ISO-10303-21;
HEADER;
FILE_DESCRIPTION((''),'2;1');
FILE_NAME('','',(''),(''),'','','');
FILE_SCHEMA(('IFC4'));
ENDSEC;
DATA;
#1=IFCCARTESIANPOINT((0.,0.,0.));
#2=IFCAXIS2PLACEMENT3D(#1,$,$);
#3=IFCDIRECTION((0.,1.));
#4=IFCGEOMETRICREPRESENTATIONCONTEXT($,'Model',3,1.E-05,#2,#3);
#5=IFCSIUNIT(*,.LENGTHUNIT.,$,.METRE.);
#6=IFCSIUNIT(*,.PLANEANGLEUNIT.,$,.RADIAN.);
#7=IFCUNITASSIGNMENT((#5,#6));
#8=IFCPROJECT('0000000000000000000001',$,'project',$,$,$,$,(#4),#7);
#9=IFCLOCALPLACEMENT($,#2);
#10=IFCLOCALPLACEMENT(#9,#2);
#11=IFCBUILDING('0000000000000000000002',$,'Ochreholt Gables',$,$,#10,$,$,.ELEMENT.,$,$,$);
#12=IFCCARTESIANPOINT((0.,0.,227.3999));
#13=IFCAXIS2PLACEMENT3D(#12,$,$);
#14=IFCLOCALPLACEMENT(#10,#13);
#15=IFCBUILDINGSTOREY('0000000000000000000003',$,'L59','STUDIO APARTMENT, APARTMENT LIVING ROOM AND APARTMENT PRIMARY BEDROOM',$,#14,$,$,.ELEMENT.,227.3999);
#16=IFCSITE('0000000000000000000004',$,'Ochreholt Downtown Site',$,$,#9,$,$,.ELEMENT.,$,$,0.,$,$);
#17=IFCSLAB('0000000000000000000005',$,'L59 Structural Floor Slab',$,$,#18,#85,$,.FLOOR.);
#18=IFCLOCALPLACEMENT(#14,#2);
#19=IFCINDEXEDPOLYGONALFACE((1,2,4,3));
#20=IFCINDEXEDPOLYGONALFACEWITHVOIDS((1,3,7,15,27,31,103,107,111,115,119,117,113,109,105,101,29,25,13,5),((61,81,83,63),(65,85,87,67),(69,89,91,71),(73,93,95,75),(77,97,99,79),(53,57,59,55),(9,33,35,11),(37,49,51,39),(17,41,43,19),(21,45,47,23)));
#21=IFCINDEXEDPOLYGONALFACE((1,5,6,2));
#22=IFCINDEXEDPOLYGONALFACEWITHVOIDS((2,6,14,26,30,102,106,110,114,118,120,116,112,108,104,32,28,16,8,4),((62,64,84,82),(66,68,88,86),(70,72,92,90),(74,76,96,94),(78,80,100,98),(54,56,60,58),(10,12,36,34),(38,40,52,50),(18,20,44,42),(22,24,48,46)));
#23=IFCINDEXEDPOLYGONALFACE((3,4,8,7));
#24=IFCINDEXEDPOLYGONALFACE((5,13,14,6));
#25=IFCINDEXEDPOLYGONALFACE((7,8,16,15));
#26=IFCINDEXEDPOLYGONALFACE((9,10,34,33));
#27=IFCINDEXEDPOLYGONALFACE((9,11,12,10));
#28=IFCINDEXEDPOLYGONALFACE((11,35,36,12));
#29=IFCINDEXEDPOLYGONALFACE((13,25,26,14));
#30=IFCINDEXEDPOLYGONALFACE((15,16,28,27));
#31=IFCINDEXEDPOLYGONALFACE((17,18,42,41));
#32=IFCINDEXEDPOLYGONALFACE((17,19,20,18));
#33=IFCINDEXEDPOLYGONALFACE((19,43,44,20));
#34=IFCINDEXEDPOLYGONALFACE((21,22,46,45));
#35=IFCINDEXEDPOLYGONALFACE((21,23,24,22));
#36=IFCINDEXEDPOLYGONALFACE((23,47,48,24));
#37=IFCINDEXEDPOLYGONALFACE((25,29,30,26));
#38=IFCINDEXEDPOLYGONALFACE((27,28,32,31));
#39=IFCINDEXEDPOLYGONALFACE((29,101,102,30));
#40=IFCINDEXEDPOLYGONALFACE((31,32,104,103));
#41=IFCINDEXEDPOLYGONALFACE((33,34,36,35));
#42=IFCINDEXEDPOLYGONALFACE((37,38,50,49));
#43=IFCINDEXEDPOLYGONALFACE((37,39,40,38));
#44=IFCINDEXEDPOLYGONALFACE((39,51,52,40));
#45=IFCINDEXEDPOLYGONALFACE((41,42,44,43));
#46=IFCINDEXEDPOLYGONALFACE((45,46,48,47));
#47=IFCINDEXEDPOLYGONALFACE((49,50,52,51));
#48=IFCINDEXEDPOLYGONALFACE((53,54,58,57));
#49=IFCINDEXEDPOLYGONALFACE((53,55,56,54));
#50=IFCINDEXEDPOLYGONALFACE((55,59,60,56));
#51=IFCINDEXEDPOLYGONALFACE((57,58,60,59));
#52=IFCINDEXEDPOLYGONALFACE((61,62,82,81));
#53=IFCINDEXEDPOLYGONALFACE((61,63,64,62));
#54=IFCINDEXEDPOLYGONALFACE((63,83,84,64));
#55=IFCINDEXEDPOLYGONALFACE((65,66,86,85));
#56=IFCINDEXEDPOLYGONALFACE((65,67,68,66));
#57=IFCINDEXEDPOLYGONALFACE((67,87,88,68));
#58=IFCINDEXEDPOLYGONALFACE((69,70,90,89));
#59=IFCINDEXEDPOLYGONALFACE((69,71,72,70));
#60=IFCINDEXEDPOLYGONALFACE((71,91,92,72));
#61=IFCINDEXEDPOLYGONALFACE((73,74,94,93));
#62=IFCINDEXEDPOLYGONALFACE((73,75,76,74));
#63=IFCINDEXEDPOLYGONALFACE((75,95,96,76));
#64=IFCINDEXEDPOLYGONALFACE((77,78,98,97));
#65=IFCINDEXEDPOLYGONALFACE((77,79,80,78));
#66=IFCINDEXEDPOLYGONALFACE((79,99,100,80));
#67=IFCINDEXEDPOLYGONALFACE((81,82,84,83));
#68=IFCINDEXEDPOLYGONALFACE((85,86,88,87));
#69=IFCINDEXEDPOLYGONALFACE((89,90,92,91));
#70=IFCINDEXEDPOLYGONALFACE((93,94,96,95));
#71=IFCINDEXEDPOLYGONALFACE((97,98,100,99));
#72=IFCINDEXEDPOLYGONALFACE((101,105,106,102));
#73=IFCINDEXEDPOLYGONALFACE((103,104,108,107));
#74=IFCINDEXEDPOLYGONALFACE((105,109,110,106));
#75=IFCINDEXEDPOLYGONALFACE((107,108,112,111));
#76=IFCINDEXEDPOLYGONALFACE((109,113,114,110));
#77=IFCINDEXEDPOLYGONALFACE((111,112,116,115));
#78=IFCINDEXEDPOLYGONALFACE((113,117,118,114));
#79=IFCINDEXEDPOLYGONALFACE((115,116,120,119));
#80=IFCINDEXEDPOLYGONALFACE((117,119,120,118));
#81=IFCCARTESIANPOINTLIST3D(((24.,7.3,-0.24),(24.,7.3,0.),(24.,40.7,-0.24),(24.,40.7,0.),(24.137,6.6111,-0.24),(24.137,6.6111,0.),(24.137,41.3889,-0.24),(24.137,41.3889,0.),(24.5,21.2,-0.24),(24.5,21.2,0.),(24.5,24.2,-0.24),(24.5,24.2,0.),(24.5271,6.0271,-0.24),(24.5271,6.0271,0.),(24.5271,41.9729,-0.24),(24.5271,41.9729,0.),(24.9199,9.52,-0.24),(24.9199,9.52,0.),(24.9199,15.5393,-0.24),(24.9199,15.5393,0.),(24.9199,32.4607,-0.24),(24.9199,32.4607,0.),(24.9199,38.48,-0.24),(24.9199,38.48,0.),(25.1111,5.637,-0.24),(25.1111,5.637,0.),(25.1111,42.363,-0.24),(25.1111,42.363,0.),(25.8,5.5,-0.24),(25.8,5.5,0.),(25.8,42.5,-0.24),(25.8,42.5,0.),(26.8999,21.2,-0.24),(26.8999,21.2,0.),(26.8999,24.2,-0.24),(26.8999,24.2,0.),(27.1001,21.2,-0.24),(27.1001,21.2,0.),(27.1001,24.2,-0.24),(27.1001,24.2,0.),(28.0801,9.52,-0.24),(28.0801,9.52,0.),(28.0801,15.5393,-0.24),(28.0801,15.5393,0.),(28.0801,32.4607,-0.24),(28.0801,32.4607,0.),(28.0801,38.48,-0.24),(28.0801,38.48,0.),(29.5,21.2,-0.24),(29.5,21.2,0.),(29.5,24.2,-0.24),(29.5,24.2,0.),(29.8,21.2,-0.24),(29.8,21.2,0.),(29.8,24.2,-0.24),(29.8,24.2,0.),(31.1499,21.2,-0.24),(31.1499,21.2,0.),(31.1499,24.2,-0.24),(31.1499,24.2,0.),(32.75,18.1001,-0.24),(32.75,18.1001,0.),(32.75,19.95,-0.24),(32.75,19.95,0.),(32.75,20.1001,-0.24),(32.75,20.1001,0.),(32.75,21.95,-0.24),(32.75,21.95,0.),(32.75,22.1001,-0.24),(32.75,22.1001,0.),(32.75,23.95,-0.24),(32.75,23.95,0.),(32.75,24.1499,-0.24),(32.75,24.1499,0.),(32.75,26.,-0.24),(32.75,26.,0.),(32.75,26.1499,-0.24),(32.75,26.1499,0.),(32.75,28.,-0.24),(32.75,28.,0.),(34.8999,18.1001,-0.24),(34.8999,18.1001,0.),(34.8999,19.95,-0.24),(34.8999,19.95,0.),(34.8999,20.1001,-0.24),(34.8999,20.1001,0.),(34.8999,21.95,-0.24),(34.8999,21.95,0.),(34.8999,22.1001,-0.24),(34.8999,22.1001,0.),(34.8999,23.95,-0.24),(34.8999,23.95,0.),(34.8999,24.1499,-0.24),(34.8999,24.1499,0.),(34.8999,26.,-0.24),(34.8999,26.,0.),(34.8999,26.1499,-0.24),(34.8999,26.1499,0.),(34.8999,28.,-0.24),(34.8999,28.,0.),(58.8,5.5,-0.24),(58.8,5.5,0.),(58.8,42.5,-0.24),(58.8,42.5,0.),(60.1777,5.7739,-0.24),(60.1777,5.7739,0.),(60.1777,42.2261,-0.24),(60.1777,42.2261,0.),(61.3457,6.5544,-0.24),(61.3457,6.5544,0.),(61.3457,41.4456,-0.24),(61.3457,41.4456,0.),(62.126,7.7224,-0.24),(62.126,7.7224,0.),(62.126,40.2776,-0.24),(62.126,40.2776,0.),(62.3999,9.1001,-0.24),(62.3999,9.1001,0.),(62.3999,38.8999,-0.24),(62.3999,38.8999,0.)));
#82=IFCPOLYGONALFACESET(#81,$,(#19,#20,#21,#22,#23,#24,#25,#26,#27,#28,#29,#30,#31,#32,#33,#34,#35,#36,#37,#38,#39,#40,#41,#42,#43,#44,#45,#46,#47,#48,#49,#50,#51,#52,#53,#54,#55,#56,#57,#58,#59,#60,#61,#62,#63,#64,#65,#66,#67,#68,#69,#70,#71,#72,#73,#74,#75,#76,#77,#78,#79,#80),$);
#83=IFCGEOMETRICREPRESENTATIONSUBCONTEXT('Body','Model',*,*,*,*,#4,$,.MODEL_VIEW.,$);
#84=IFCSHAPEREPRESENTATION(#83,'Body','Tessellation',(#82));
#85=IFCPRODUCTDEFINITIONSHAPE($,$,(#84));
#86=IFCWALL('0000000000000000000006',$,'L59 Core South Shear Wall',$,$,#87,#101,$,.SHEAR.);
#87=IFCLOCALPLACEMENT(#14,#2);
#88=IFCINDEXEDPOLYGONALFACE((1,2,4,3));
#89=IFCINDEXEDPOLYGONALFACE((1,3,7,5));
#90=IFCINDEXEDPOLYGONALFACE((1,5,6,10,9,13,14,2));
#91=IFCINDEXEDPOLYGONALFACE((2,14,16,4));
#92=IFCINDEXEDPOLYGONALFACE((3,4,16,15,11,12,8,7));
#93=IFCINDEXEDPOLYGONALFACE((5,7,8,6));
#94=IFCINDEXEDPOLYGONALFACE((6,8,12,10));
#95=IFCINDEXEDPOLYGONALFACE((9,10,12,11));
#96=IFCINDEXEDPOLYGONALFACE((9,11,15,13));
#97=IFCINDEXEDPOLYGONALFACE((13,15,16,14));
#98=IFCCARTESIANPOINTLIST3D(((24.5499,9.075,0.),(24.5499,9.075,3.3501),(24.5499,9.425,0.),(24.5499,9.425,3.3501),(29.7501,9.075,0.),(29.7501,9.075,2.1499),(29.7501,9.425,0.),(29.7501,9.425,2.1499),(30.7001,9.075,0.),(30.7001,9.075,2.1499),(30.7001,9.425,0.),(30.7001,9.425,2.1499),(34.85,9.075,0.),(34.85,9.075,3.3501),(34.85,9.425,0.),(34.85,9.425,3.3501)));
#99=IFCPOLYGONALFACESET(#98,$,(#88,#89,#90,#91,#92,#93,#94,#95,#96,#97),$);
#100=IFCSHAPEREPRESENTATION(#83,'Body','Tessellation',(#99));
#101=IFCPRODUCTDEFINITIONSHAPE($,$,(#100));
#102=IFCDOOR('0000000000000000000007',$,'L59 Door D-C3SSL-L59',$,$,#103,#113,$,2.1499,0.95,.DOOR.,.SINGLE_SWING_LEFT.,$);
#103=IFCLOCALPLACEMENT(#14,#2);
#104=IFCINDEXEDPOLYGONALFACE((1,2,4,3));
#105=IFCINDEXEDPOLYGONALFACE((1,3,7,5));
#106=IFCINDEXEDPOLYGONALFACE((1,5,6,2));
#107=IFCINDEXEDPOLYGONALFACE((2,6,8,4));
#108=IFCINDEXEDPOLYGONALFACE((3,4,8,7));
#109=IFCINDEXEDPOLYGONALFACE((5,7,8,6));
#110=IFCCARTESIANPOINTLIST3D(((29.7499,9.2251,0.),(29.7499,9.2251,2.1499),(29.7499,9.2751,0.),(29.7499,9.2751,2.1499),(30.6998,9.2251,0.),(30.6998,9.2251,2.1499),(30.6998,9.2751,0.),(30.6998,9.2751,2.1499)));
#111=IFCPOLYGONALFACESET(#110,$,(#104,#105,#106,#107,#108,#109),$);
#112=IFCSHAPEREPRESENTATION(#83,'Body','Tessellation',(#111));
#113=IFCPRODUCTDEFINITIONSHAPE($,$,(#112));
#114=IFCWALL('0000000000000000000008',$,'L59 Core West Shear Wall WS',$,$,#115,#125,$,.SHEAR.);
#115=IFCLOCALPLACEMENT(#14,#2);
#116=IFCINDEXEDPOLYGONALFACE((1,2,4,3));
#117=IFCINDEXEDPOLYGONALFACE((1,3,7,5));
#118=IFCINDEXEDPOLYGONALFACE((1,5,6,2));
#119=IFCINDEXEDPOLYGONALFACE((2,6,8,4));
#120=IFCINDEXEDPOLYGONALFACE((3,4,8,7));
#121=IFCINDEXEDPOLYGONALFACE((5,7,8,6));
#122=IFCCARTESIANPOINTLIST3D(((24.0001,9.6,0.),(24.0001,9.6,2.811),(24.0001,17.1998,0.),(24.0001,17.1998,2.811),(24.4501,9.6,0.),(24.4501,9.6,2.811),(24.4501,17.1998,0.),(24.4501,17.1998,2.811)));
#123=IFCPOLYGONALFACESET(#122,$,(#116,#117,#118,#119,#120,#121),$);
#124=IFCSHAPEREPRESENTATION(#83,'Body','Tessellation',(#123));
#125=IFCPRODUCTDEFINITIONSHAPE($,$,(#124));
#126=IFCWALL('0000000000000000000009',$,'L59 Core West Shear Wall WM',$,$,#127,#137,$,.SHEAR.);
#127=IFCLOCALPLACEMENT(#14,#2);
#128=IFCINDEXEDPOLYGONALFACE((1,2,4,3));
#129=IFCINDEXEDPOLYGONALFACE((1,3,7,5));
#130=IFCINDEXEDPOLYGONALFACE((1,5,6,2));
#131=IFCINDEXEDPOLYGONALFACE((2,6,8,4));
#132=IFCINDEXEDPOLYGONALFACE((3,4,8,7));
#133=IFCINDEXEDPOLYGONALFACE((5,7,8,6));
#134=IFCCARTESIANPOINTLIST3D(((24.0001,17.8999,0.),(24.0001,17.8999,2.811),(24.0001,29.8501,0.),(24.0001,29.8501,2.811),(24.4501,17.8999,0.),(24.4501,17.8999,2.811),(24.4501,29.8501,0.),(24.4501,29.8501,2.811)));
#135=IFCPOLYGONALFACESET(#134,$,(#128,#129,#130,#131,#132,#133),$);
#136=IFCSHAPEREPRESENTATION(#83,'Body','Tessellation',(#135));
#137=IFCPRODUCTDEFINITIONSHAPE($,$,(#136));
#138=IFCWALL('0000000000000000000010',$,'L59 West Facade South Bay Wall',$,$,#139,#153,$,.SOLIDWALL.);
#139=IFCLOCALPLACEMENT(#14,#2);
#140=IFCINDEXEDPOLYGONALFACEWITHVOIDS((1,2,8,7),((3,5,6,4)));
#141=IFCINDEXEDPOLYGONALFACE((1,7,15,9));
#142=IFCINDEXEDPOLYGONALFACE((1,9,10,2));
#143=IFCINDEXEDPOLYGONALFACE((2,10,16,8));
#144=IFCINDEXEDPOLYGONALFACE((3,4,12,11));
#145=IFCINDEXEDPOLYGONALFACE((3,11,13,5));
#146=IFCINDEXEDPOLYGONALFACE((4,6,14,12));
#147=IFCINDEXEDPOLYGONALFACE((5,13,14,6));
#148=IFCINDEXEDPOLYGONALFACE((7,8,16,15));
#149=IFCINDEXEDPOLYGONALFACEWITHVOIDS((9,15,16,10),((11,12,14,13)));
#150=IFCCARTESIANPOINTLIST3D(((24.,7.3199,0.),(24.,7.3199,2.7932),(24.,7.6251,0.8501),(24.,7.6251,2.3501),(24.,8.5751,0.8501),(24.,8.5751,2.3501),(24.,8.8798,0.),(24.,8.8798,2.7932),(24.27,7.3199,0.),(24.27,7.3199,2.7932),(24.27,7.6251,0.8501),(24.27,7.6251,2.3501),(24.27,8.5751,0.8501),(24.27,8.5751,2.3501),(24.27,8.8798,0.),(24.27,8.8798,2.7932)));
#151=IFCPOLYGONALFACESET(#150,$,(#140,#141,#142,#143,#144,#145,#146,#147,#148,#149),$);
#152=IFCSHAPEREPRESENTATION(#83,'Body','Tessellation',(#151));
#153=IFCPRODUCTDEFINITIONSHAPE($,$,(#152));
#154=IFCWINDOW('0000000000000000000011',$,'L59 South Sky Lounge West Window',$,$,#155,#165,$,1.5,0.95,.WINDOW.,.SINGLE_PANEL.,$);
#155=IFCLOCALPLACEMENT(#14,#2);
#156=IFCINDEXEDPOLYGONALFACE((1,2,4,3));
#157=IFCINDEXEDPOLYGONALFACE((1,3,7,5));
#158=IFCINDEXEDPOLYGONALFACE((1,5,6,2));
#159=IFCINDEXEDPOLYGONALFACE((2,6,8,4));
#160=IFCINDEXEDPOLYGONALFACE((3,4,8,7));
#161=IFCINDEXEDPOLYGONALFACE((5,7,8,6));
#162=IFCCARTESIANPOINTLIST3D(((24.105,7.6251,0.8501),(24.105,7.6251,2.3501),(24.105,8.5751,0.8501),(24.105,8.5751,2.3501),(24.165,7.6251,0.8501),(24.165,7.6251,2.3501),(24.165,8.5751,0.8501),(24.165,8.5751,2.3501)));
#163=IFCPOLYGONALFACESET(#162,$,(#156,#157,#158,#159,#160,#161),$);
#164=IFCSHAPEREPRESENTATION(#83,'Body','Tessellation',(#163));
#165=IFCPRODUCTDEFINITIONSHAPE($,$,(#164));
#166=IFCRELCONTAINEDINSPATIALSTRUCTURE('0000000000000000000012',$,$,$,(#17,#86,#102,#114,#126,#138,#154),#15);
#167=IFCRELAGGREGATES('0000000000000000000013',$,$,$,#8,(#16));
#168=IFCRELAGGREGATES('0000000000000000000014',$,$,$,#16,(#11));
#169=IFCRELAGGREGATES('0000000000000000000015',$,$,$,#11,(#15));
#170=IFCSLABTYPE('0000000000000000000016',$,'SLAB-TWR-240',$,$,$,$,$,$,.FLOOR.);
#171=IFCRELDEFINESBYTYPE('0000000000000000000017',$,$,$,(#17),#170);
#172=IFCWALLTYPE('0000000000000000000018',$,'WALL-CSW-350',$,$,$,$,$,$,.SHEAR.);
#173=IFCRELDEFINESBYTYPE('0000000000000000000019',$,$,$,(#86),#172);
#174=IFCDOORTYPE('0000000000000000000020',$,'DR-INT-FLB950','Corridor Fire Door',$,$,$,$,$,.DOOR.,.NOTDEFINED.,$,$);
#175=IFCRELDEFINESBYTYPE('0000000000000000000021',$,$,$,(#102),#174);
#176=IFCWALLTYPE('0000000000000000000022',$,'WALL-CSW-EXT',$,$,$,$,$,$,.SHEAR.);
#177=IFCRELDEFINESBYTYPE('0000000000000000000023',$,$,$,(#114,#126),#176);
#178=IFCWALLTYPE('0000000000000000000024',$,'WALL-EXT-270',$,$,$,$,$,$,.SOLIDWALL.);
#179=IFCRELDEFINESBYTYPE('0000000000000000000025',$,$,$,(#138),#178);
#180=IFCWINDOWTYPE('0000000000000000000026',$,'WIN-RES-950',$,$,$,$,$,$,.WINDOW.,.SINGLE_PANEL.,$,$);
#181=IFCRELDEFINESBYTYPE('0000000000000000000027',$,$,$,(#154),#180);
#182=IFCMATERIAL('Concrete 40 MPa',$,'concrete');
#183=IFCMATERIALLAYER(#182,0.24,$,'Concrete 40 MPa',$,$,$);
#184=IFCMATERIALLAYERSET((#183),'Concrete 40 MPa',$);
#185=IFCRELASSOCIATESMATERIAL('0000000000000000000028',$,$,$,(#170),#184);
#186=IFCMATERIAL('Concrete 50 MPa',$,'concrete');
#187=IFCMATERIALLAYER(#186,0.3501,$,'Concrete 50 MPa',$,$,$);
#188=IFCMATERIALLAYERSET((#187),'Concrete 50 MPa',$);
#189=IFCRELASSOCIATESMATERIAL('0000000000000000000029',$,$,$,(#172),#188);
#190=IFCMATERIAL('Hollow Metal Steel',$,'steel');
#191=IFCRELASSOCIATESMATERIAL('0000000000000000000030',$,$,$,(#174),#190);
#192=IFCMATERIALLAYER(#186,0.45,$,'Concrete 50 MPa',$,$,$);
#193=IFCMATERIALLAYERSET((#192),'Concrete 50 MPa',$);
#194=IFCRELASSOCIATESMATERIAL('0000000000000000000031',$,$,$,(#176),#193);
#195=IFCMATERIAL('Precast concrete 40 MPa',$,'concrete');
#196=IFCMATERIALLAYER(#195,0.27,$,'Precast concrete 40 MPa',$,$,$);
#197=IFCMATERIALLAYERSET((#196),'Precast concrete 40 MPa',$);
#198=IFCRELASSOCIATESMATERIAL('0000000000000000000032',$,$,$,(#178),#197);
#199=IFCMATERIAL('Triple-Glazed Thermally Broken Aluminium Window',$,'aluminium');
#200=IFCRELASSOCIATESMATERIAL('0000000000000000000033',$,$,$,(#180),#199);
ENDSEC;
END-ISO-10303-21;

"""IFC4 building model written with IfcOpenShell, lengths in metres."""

from ifc_helpers import new_model, si_unit, direction, frame, frame_2d, origin, place, context, subcontext, project, spatial, polyline, rectangle, outline, extrude, material, layer, layer_set, type_object, element, fill, save


model = new_model("IFC4")

# Units and contexts
model_context = context("Model", 3, precision=1e-05, world=origin(), true_north=direction((0.0, 1.0)))
body_context = subcontext(model_context, "Body", "Model", "MODEL_VIEW")
ifc_project = project(units=[si_unit("LENGTHUNIT", "METRE"), si_unit("PLANEANGLEUNIT", "RADIAN")], contexts=[model_context])

# Site, building, storey
site_placement = place(None, origin())
site = spatial("IfcSite", under=ifc_project, at=site_placement, Name="Ochreholt Downtown Site", CompositionType="ELEMENT", RefElevation=0.0)
building_placement = place(site_placement, origin())
building = spatial("IfcBuilding", under=site, at=building_placement, Name="Ochreholt Gables", CompositionType="ELEMENT")
storey_placement = place(building_placement, frame((0.0, 0.0, 227.3999)))
storey = spatial("IfcBuildingStorey", under=building, at=storey_placement, Name="L59", Description="STUDIO APARTMENT, APARTMENT LIVING ROOM AND APARTMENT PRIMARY BEDROOM", CompositionType="ELEMENT", Elevation=227.3999)

# Shared definitions
ifc_material_1 = material(Name="Concrete 50 MPa", Category="concrete")

# Shared definitions
ifc_material_2 = material(Name="Concrete 40 MPa", Category="concrete")

# Slab
ifc_layer_1 = layer(ifc_material_2, 0.24, Name="Concrete 40 MPa")
ifc_layer_set_1 = layer_set([ifc_layer_1], Name="Concrete 40 MPa")
slab_type_1 = type_object("IfcSlabType", Name="SLAB-TWR-240", PredefinedType="FLOOR", material=ifc_layer_set_1)
slab_1_placement = place(storey_placement, frame((0.0, 0.0, -0.24)))
element("IfcSlab", 1, at=slab_1_placement, inside=storey, type_object=slab_type_1, Name="L59 Structural Floor Slab", PredefinedType="FLOOR", context=body_context, shape_type="SweptSolid", body=[
    extrude(outline(polyline([(24.0, 7.3), (24.137, 6.6111), (24.5271, 6.0271), (25.1111, 5.637), (25.8, 5.5), (58.8, 5.5), (60.1777, 5.7739), (61.3457, 6.5544), (62.126, 7.7224), (62.3999, 9.1001), (62.3999, 38.8999), (62.126, 40.2776), (61.3457, 41.4456), (60.1777, 42.2261), (58.8, 42.5), (25.8, 42.5), (25.1111, 42.363), (24.5271, 41.9729), (24.137, 41.3889), (24.0, 40.7), (24.0, 7.3)]), holes=[polyline([(24.9199, 15.5393), (24.9199, 9.52), (28.0801, 9.52), (28.0801, 15.5393), (24.9199, 15.5393)]), polyline([(28.0801, 32.4607), (28.0801, 38.48), (24.9199, 38.48), (24.9199, 32.4607), (28.0801, 32.4607)]), polyline([(24.5, 21.2), (26.8999, 21.2), (26.8999, 24.2), (24.5, 24.2), (24.5, 21.2)]), polyline([(27.1001, 21.2), (29.5, 21.2), (29.5, 24.2), (27.1001, 24.2), (27.1001, 21.2)]), polyline([(32.75, 18.1001), (34.8999, 18.1001), (34.8999, 19.95), (32.75, 19.95), (32.75, 18.1001)]), polyline([(32.75, 20.1001), (34.8999, 20.1001), (34.8999, 21.95), (32.75, 21.95), (32.75, 20.1001)]), polyline([(32.75, 22.1001), (34.8999, 22.1001), (34.8999, 23.95), (32.75, 23.95), (32.75, 22.1001)]), polyline([(32.75, 24.1499), (34.8999, 24.1499), (34.8999, 26.0), (32.75, 26.0), (32.75, 24.1499)]), polyline([(32.75, 26.1499), (34.8999, 26.1499), (34.8999, 28.0), (32.75, 28.0), (32.75, 26.1499)]), polyline([(29.8, 21.2), (31.1499, 21.2), (31.1499, 24.2), (29.8, 24.2), (29.8, 21.2)])]), origin(), (0.0, 0.0, 1.0), 0.24),
])

# Wall, opening, door
ifc_layer_2 = layer(ifc_material_1, 0.3501, Name="Concrete 50 MPa")
ifc_layer_set_2 = layer_set([ifc_layer_2], Name="Concrete 50 MPa")
wall_type_1 = type_object("IfcWallType", Name="WALL-CSW-350", PredefinedType="SHEAR", material=ifc_layer_set_2)
wall_1_placement = place(storey_placement, frame((24.55, 9.25, 0.0), z_axis=(0.0, 0.0, 1.0), x_axis=(1.0, 0.0, 0.0)))
wall_1 = element("IfcWall", 2, at=wall_1_placement, inside=storey, type_object=wall_type_1, Name="L59 Core South Shear Wall", PredefinedType="SHEAR", context=body_context, shape_type="SweptSolid", body=[
    extrude(rectangle(XDim=10.3, YDim=0.3501, at=frame_2d((5.1499, 0.0))), origin(), (0.0, 0.0, 1.0), 3.3501),
])
opening_1_placement = place(wall_1_placement, frame((5.2, 0.0, 0.0)))
opening_1 = element("IfcOpeningElement", 3, at=opening_1_placement, cuts=wall_1, PredefinedType="OPENING", context=body_context, shape_type="SweptSolid", body=[
    extrude(rectangle(XDim=0.95, YDim=2.1499, at=frame_2d((0.4751, 1.075))), frame((0.0, 0.1851, 0.0), z_axis=(0.0, -1.0, 0.0), x_axis=(1.0, 0.0, 0.0)), (0.0, 0.0, 1.0), 0.3701),
])
ifc_material_3 = material(Name="Hollow Metal Steel", Category="steel")
door_type_1 = type_object("IfcDoorType", Name="DR-INT-FLB950", Description="Corridor Fire Door", OperationType="NOTDEFINED", PredefinedType="DOOR", material=ifc_material_3)
door_1_placement = place(opening_1_placement, frame((0.95, 0.0, 0.0), z_axis=(0.0, 0.0, 1.0), x_axis=(-1.0, 0.0, 0.0)))
door_1 = element("IfcDoor", 4, at=door_1_placement, inside=storey, type_object=door_type_1, Name="L59 Door D-C3SSL-L59", OperationType="SINGLE_SWING_LEFT", OverallHeight=2.1499, OverallWidth=0.95, PredefinedType="DOOR", context=body_context, shape_type="SweptSolid", body=[
    extrude(rectangle(XDim=0.95, YDim=2.1499, at=frame_2d((0.4751, 1.075))), frame((0.0, 0.0249, 0.0), z_axis=(0.0, -1.0, 0.0), x_axis=(1.0, 0.0, 0.0)), (0.0, 0.0, 1.0), 0.05),
])
fill(opening_1, door_1)

# Walls
ifc_layer_3 = layer(ifc_material_1, 0.45, Name="Concrete 50 MPa")
ifc_layer_set_3 = layer_set([ifc_layer_3], Name="Concrete 50 MPa")
wall_type_2 = type_object("IfcWallType", Name="WALL-CSW-EXT", PredefinedType="SHEAR", material=ifc_layer_set_3)
wall_2_placement = place(storey_placement, frame((24.2251, 9.6001, 0.0), z_axis=(0.0, 0.0, 1.0), x_axis=(0.0, 1.0, 0.0)))
element("IfcWall", 5, at=wall_2_placement, inside=storey, type_object=wall_type_2, Name="L59 Core West Shear Wall WS", PredefinedType="SHEAR", context=body_context, shape_type="SweptSolid", body=[
    extrude(rectangle(XDim=7.5999, YDim=0.45, at=frame_2d((3.7998, 0.0))), origin(), (0.0, 0.0, 1.0), 2.811),
])
wall_3_placement = place(storey_placement, frame((24.2251, 17.8999, 0.0), z_axis=(0.0, 0.0, 1.0), x_axis=(0.0, 1.0, 0.0)))
element("IfcWall", 6, at=wall_3_placement, inside=storey, type_object=wall_type_2, Name="L59 Core West Shear Wall WM", PredefinedType="SHEAR", context=body_context, shape_type="SweptSolid", body=[
    extrude(rectangle(XDim=11.9502, YDim=0.45, at=frame_2d((5.9751, 0.0))), origin(), (0.0, 0.0, 1.0), 2.811),
])

# Wall, opening, window
ifc_material_4 = material(Name="Precast concrete 40 MPa", Category="concrete")
ifc_layer_4 = layer(ifc_material_4, 0.27, Name="Precast concrete 40 MPa")
ifc_layer_set_4 = layer_set([ifc_layer_4], Name="Precast concrete 40 MPa")
wall_type_3 = type_object("IfcWallType", Name="WALL-EXT-270", PredefinedType="SOLIDWALL", material=ifc_layer_set_4)
wall_4_placement = place(storey_placement, frame((24.135, 7.3201, 0.0), z_axis=(0.0, 0.0, 1.0), x_axis=(0.0, 1.0, 0.0)))
wall_4 = element("IfcWall", 7, at=wall_4_placement, inside=storey, type_object=wall_type_3, Name="L59 West Facade South Bay Wall", PredefinedType="SOLIDWALL", context=body_context, shape_type="SweptSolid", body=[
    extrude(rectangle(XDim=1.5598, YDim=0.27, at=frame_2d((0.7798, 0.0))), origin(), (0.0, 0.0, 1.0), 2.7932),
])
opening_2_placement = place(wall_4_placement, frame((0.3049, 0.0, 0.8501)))
opening_2 = element("IfcOpeningElement", 8, at=opening_2_placement, cuts=wall_4, PredefinedType="OPENING", context=body_context, shape_type="SweptSolid", body=[
    extrude(rectangle(XDim=0.95, YDim=1.5, at=frame_2d((0.4751, 0.75))), frame((0.0, 0.145, 0.0), z_axis=(0.0, -1.0, 0.0), x_axis=(1.0, 0.0, 0.0)), (0.0, 0.0, 1.0), 0.29),
])
ifc_material_5 = material(Name="Triple-Glazed Thermally Broken Aluminium Window", Category="aluminium")
window_type = type_object("IfcWindowType", Name="WIN-RES-950", PartitioningType="SINGLE_PANEL", PredefinedType="WINDOW", material=ifc_material_5)
window_placement = place(opening_2_placement, origin())
window = element("IfcWindow", 9, at=window_placement, inside=storey, type_object=window_type, Name="L59 South Sky Lounge West Window", OverallHeight=1.5, OverallWidth=0.95, PartitioningType="SINGLE_PANEL", PredefinedType="WINDOW", context=body_context, shape_type="SweptSolid", body=[
    extrude(rectangle(XDim=0.95, YDim=1.5, at=frame_2d((0.4751, 0.75))), frame((0.0, 0.03, 0.0), z_axis=(0.0, -1.0, 0.0), x_axis=(1.0, 0.0, 0.0)), (0.0, 0.0, 1.0), 0.0601),
])
fill(opening_2, window)

save(model, "model.ifc")
